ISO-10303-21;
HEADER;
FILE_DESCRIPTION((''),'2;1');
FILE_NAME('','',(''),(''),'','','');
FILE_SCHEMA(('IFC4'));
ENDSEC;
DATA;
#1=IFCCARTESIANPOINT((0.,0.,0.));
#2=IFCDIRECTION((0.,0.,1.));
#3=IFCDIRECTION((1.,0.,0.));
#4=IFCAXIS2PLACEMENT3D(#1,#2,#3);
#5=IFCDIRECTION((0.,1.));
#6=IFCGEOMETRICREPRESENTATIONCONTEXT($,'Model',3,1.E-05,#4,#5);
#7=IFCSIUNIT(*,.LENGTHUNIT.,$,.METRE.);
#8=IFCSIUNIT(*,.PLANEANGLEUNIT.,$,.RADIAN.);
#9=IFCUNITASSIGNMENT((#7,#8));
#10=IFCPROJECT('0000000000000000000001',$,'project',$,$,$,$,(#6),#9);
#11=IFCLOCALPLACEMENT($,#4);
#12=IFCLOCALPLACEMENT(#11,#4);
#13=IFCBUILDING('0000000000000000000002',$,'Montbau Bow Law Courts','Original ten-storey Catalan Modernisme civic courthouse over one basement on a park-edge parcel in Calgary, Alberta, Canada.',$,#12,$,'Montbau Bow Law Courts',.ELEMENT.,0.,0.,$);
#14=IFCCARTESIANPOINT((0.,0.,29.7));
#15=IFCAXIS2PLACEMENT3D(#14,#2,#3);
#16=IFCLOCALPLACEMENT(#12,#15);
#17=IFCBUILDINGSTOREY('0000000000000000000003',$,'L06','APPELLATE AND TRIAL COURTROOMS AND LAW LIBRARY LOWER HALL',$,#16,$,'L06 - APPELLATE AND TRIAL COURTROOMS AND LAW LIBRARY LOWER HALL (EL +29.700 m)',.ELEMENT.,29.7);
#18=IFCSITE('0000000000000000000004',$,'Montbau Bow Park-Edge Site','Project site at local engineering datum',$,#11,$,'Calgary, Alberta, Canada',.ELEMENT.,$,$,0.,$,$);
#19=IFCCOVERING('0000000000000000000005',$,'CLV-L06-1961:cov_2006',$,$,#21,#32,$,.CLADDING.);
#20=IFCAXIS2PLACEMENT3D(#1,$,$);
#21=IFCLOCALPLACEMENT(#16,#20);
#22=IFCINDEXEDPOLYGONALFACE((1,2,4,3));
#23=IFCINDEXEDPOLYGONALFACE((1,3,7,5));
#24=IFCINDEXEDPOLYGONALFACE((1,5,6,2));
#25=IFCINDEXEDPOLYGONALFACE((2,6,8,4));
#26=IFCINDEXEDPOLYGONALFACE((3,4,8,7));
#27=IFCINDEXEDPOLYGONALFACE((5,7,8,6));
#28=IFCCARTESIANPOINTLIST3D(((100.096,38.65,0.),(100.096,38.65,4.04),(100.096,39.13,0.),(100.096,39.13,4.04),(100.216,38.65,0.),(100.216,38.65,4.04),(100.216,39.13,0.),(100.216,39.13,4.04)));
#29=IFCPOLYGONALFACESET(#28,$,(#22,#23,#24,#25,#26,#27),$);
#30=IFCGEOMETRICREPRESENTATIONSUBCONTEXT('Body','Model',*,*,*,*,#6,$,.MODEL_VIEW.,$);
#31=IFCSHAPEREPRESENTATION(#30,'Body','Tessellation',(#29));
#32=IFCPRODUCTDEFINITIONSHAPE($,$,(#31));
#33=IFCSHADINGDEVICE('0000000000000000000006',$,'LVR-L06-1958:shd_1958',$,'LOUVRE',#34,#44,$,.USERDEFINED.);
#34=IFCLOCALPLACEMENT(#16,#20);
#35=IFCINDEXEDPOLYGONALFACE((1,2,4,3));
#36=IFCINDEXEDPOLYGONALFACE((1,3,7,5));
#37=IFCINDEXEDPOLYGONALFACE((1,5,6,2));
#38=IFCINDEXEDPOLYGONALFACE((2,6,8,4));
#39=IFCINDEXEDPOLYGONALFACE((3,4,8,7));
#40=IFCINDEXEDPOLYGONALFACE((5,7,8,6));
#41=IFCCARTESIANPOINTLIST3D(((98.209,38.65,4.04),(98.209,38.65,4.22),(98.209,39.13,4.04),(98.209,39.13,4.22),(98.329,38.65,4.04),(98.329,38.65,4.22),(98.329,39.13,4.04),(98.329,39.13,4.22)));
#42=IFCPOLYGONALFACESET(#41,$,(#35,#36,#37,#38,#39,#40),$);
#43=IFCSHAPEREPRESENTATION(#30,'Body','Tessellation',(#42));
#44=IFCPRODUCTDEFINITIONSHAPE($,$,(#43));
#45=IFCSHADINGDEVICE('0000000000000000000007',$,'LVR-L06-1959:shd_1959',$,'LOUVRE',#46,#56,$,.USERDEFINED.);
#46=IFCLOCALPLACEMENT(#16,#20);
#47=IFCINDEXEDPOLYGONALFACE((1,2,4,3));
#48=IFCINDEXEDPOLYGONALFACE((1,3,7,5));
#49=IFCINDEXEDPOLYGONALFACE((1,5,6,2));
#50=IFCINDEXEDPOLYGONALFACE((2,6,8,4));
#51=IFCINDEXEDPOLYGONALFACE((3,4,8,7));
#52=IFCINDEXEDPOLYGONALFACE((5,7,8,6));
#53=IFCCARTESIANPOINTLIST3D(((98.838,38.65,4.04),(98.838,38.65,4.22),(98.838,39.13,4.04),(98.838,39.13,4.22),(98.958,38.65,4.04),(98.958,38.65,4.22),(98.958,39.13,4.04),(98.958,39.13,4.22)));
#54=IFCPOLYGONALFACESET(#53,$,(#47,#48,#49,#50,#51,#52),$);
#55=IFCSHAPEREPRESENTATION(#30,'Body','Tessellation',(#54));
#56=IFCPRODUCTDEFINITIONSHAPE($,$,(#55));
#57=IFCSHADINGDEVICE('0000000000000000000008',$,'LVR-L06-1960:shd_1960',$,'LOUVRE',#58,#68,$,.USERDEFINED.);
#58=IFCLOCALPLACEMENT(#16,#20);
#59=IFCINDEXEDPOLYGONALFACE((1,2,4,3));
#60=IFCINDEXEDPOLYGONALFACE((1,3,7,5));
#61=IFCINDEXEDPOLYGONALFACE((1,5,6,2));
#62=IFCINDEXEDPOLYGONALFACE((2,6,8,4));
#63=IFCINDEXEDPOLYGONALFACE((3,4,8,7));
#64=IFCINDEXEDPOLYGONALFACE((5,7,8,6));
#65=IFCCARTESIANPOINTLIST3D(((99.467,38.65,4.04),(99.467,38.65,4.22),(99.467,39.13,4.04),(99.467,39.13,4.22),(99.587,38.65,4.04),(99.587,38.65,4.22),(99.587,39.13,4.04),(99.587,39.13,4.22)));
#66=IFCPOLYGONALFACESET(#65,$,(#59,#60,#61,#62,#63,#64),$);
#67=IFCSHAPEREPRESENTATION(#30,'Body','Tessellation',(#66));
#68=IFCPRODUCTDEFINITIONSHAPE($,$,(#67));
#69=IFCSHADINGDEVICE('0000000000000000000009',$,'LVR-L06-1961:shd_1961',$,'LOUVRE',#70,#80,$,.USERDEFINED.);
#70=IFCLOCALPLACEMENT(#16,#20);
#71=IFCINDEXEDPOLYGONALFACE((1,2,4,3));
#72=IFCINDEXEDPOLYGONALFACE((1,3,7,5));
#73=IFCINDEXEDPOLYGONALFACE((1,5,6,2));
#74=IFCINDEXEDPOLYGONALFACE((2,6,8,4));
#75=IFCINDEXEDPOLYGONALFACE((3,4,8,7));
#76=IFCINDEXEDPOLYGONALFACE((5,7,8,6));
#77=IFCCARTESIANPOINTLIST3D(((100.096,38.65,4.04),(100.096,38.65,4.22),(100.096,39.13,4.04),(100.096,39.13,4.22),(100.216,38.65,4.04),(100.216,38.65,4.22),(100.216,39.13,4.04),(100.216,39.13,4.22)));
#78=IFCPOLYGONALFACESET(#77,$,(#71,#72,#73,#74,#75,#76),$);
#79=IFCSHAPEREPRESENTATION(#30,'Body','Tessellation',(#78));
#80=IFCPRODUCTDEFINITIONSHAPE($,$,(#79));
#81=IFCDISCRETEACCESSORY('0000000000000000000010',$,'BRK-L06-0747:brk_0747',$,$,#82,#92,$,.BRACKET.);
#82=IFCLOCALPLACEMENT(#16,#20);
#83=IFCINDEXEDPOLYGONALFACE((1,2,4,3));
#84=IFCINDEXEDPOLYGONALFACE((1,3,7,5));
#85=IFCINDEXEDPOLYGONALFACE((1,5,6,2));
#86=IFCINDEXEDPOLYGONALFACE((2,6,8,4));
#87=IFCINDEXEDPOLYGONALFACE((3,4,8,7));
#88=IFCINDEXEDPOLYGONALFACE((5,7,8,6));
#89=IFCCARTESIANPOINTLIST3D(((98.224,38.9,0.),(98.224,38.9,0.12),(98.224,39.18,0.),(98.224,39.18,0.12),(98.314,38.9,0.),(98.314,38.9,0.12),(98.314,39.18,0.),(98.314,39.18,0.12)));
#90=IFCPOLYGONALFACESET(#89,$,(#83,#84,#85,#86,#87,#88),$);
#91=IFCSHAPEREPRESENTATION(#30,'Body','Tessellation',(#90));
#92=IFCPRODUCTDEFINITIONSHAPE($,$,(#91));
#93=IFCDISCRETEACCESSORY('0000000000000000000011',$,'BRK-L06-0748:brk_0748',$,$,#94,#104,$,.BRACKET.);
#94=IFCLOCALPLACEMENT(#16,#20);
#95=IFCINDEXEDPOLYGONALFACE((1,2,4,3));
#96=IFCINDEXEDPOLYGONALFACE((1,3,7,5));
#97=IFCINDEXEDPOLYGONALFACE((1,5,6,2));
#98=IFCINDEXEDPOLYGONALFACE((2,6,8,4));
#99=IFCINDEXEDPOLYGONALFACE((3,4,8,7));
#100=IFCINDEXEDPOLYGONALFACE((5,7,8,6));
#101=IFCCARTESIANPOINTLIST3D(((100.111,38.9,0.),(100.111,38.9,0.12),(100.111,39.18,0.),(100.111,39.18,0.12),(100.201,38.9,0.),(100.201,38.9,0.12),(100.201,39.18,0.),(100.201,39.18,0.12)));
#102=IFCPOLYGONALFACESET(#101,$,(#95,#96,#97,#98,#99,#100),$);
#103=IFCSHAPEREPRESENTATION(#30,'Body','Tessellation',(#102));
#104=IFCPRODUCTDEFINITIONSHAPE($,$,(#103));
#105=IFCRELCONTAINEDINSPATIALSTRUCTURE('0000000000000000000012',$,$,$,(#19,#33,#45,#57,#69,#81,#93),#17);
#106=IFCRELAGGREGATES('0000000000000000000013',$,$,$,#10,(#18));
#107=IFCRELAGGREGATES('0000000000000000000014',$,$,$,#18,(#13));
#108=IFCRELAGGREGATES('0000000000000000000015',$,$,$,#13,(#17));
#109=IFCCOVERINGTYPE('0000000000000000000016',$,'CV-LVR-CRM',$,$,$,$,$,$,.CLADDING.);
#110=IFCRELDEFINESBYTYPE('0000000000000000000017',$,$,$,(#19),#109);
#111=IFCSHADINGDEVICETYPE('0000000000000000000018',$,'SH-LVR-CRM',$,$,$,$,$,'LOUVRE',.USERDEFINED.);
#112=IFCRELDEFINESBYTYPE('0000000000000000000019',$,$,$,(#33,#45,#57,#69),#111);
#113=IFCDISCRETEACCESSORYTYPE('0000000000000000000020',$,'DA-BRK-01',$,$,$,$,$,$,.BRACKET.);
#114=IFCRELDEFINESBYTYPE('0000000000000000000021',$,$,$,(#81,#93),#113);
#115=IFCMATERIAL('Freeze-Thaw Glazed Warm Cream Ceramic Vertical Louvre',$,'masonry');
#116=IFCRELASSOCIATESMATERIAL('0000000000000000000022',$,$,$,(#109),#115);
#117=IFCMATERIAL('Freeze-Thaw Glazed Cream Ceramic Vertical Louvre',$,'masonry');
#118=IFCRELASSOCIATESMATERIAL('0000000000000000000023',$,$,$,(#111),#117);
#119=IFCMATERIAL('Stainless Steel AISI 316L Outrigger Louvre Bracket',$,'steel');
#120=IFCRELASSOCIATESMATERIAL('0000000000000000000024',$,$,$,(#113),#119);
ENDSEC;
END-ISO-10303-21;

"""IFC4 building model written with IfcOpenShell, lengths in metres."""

from ifc_helpers import new_model, si_unit, direction, frame, frame_2d, origin_with_axes, origin_2d_with_axis, place, context, subcontext, project, spatial, rectangle, extrude, material, type_object, element, save


model = new_model("IFC4")

# Units and contexts
model_context = context("Model", 3, precision=1e-05, world=origin_with_axes(), true_north=direction((0.0, 1.0)))
body_context = subcontext(model_context, "Body", "Model", "MODEL_VIEW")
ifc_project = project(units=[si_unit("LENGTHUNIT", "METRE"), si_unit("PLANEANGLEUNIT", "RADIAN")], contexts=[model_context])

# Site, building, storey
site_placement = place(None, origin_with_axes())
site = spatial("IfcSite", under=ifc_project, at=site_placement, Name="Montbau Bow Park-Edge Site", Description="Project site at local engineering datum", LongName="Calgary, Alberta, Canada", CompositionType="ELEMENT", RefElevation=0.0)
building_placement = place(site_placement, origin_with_axes())
building = spatial("IfcBuilding", under=site, at=building_placement, Name="Montbau Bow Law Courts", Description="Original ten-storey Catalan Modernisme civic courthouse over one basement on a park-edge parcel in Calgary, Alberta, Canada.", LongName="Montbau Bow Law Courts", CompositionType="ELEMENT", ElevationOfRefHeight=0.0, ElevationOfTerrain=0.0)
storey_placement = place(building_placement, frame((0.0, 0.0, 29.7), z_axis=(0.0, 0.0, 1.0), x_axis=(1.0, 0.0, 0.0)))
storey = spatial("IfcBuildingStorey", under=building, at=storey_placement, Name="L06", Description="APPELLATE AND TRIAL COURTROOMS AND LAW LIBRARY LOWER HALL", LongName="L06 - APPELLATE AND TRIAL COURTROOMS AND LAW LIBRARY LOWER HALL (EL +29.700 m)", CompositionType="ELEMENT", Elevation=29.7)

# Covering
ifc_material_1 = material(Name="Freeze-Thaw Glazed Warm Cream Ceramic Vertical Louvre", Category="masonry")
covering_type = type_object("IfcCoveringType", Name="CV-LVR-CRM", PredefinedType="CLADDING", material=ifc_material_1)
for number, where, z_axis, x_axis, name in (
    (1, (100.156, 39.13, 29.7), (-1.0, 0.0, 0.0), (0.0, -1.0, 0.0), "CLV-L06-1961:cov_2006"),
):
    element("IfcCovering", number, at=place(None, frame(where, z_axis=z_axis, x_axis=x_axis)), inside=storey, type_object=covering_type, Name=name, PredefinedType="CLADDING", context=body_context, shape_type="SweptSolid", body=[
        extrude(rectangle(XDim=0.48, YDim=4.04, at=frame_2d((0.24, 2.02), x_axis=(1.0, 0.0))), frame((0.0, 0.0, -0.06), z_axis=(0.0, 0.0, 1.0), x_axis=(1.0, 0.0, 0.0)), (0.0, 0.0, 1.0), 0.12),
    ])

# Shading devices
ifc_material_2 = material(Name="Freeze-Thaw Glazed Cream Ceramic Vertical Louvre", Category="masonry")
shading_device_type = type_object("IfcShadingDeviceType", Name="SH-LVR-CRM", ElementType="LOUVRE", PredefinedType="USERDEFINED", material=ifc_material_2)
for number, where, z_axis, x_axis, name in (
    (2, (98.269, 38.89, 33.74), (0.0, 0.0, 1.0), (0.0, -1.0, 0.0), "LVR-L06-1958:shd_1958"),
    (3, (98.898, 38.89, 33.74), (0.0, 0.0, 1.0), (0.0, -1.0, 0.0), "LVR-L06-1959:shd_1959"),
    (4, (99.527, 38.89, 33.74), (0.0, 0.0, 1.0), (0.0, -1.0, 0.0), "LVR-L06-1960:shd_1960"),
    (5, (100.156, 38.89, 33.74), (0.0, 0.0, 1.0), (0.0, -1.0, 0.0), "LVR-L06-1961:shd_1961"),
):
    element("IfcShadingDevice", number, at=place(None, frame(where, z_axis=z_axis, x_axis=x_axis)), inside=storey, type_object=shading_device_type, Name=name, ObjectType="LOUVRE", PredefinedType="USERDEFINED", context=body_context, shape_type="SweptSolid", body=[
        extrude(rectangle(XDim=0.48, YDim=0.12, at=origin_2d_with_axis()), origin_with_axes(), (0.0, 0.0, 1.0), 0.18),
    ])

# Discrete accessories
ifc_material_3 = material(Name="Stainless Steel AISI 316L Outrigger Louvre Bracket", Category="steel")
discrete_accessory_type = type_object("IfcDiscreteAccessoryType", Name="DA-BRK-01", PredefinedType="BRACKET", material=ifc_material_3)
for number, where, z_axis, x_axis, name in (
    (6, (98.269, 39.04, 29.7), (0.0, 0.0, 1.0), (0.0, -1.0, 0.0), "BRK-L06-0747:brk_0747"),
    (7, (100.156, 39.04, 29.7), (0.0, 0.0, 1.0), (0.0, -1.0, 0.0), "BRK-L06-0748:brk_0748"),
):
    element("IfcDiscreteAccessory", number, at=place(None, frame(where, z_axis=z_axis, x_axis=x_axis)), inside=storey, type_object=discrete_accessory_type, Name=name, PredefinedType="BRACKET", context=body_context, shape_type="SweptSolid", body=[
        extrude(rectangle(XDim=0.28, YDim=0.09, at=origin_2d_with_axis()), origin_with_axes(), (0.0, 0.0, 1.0), 0.12),
    ])

save(model, "model.ifc")
